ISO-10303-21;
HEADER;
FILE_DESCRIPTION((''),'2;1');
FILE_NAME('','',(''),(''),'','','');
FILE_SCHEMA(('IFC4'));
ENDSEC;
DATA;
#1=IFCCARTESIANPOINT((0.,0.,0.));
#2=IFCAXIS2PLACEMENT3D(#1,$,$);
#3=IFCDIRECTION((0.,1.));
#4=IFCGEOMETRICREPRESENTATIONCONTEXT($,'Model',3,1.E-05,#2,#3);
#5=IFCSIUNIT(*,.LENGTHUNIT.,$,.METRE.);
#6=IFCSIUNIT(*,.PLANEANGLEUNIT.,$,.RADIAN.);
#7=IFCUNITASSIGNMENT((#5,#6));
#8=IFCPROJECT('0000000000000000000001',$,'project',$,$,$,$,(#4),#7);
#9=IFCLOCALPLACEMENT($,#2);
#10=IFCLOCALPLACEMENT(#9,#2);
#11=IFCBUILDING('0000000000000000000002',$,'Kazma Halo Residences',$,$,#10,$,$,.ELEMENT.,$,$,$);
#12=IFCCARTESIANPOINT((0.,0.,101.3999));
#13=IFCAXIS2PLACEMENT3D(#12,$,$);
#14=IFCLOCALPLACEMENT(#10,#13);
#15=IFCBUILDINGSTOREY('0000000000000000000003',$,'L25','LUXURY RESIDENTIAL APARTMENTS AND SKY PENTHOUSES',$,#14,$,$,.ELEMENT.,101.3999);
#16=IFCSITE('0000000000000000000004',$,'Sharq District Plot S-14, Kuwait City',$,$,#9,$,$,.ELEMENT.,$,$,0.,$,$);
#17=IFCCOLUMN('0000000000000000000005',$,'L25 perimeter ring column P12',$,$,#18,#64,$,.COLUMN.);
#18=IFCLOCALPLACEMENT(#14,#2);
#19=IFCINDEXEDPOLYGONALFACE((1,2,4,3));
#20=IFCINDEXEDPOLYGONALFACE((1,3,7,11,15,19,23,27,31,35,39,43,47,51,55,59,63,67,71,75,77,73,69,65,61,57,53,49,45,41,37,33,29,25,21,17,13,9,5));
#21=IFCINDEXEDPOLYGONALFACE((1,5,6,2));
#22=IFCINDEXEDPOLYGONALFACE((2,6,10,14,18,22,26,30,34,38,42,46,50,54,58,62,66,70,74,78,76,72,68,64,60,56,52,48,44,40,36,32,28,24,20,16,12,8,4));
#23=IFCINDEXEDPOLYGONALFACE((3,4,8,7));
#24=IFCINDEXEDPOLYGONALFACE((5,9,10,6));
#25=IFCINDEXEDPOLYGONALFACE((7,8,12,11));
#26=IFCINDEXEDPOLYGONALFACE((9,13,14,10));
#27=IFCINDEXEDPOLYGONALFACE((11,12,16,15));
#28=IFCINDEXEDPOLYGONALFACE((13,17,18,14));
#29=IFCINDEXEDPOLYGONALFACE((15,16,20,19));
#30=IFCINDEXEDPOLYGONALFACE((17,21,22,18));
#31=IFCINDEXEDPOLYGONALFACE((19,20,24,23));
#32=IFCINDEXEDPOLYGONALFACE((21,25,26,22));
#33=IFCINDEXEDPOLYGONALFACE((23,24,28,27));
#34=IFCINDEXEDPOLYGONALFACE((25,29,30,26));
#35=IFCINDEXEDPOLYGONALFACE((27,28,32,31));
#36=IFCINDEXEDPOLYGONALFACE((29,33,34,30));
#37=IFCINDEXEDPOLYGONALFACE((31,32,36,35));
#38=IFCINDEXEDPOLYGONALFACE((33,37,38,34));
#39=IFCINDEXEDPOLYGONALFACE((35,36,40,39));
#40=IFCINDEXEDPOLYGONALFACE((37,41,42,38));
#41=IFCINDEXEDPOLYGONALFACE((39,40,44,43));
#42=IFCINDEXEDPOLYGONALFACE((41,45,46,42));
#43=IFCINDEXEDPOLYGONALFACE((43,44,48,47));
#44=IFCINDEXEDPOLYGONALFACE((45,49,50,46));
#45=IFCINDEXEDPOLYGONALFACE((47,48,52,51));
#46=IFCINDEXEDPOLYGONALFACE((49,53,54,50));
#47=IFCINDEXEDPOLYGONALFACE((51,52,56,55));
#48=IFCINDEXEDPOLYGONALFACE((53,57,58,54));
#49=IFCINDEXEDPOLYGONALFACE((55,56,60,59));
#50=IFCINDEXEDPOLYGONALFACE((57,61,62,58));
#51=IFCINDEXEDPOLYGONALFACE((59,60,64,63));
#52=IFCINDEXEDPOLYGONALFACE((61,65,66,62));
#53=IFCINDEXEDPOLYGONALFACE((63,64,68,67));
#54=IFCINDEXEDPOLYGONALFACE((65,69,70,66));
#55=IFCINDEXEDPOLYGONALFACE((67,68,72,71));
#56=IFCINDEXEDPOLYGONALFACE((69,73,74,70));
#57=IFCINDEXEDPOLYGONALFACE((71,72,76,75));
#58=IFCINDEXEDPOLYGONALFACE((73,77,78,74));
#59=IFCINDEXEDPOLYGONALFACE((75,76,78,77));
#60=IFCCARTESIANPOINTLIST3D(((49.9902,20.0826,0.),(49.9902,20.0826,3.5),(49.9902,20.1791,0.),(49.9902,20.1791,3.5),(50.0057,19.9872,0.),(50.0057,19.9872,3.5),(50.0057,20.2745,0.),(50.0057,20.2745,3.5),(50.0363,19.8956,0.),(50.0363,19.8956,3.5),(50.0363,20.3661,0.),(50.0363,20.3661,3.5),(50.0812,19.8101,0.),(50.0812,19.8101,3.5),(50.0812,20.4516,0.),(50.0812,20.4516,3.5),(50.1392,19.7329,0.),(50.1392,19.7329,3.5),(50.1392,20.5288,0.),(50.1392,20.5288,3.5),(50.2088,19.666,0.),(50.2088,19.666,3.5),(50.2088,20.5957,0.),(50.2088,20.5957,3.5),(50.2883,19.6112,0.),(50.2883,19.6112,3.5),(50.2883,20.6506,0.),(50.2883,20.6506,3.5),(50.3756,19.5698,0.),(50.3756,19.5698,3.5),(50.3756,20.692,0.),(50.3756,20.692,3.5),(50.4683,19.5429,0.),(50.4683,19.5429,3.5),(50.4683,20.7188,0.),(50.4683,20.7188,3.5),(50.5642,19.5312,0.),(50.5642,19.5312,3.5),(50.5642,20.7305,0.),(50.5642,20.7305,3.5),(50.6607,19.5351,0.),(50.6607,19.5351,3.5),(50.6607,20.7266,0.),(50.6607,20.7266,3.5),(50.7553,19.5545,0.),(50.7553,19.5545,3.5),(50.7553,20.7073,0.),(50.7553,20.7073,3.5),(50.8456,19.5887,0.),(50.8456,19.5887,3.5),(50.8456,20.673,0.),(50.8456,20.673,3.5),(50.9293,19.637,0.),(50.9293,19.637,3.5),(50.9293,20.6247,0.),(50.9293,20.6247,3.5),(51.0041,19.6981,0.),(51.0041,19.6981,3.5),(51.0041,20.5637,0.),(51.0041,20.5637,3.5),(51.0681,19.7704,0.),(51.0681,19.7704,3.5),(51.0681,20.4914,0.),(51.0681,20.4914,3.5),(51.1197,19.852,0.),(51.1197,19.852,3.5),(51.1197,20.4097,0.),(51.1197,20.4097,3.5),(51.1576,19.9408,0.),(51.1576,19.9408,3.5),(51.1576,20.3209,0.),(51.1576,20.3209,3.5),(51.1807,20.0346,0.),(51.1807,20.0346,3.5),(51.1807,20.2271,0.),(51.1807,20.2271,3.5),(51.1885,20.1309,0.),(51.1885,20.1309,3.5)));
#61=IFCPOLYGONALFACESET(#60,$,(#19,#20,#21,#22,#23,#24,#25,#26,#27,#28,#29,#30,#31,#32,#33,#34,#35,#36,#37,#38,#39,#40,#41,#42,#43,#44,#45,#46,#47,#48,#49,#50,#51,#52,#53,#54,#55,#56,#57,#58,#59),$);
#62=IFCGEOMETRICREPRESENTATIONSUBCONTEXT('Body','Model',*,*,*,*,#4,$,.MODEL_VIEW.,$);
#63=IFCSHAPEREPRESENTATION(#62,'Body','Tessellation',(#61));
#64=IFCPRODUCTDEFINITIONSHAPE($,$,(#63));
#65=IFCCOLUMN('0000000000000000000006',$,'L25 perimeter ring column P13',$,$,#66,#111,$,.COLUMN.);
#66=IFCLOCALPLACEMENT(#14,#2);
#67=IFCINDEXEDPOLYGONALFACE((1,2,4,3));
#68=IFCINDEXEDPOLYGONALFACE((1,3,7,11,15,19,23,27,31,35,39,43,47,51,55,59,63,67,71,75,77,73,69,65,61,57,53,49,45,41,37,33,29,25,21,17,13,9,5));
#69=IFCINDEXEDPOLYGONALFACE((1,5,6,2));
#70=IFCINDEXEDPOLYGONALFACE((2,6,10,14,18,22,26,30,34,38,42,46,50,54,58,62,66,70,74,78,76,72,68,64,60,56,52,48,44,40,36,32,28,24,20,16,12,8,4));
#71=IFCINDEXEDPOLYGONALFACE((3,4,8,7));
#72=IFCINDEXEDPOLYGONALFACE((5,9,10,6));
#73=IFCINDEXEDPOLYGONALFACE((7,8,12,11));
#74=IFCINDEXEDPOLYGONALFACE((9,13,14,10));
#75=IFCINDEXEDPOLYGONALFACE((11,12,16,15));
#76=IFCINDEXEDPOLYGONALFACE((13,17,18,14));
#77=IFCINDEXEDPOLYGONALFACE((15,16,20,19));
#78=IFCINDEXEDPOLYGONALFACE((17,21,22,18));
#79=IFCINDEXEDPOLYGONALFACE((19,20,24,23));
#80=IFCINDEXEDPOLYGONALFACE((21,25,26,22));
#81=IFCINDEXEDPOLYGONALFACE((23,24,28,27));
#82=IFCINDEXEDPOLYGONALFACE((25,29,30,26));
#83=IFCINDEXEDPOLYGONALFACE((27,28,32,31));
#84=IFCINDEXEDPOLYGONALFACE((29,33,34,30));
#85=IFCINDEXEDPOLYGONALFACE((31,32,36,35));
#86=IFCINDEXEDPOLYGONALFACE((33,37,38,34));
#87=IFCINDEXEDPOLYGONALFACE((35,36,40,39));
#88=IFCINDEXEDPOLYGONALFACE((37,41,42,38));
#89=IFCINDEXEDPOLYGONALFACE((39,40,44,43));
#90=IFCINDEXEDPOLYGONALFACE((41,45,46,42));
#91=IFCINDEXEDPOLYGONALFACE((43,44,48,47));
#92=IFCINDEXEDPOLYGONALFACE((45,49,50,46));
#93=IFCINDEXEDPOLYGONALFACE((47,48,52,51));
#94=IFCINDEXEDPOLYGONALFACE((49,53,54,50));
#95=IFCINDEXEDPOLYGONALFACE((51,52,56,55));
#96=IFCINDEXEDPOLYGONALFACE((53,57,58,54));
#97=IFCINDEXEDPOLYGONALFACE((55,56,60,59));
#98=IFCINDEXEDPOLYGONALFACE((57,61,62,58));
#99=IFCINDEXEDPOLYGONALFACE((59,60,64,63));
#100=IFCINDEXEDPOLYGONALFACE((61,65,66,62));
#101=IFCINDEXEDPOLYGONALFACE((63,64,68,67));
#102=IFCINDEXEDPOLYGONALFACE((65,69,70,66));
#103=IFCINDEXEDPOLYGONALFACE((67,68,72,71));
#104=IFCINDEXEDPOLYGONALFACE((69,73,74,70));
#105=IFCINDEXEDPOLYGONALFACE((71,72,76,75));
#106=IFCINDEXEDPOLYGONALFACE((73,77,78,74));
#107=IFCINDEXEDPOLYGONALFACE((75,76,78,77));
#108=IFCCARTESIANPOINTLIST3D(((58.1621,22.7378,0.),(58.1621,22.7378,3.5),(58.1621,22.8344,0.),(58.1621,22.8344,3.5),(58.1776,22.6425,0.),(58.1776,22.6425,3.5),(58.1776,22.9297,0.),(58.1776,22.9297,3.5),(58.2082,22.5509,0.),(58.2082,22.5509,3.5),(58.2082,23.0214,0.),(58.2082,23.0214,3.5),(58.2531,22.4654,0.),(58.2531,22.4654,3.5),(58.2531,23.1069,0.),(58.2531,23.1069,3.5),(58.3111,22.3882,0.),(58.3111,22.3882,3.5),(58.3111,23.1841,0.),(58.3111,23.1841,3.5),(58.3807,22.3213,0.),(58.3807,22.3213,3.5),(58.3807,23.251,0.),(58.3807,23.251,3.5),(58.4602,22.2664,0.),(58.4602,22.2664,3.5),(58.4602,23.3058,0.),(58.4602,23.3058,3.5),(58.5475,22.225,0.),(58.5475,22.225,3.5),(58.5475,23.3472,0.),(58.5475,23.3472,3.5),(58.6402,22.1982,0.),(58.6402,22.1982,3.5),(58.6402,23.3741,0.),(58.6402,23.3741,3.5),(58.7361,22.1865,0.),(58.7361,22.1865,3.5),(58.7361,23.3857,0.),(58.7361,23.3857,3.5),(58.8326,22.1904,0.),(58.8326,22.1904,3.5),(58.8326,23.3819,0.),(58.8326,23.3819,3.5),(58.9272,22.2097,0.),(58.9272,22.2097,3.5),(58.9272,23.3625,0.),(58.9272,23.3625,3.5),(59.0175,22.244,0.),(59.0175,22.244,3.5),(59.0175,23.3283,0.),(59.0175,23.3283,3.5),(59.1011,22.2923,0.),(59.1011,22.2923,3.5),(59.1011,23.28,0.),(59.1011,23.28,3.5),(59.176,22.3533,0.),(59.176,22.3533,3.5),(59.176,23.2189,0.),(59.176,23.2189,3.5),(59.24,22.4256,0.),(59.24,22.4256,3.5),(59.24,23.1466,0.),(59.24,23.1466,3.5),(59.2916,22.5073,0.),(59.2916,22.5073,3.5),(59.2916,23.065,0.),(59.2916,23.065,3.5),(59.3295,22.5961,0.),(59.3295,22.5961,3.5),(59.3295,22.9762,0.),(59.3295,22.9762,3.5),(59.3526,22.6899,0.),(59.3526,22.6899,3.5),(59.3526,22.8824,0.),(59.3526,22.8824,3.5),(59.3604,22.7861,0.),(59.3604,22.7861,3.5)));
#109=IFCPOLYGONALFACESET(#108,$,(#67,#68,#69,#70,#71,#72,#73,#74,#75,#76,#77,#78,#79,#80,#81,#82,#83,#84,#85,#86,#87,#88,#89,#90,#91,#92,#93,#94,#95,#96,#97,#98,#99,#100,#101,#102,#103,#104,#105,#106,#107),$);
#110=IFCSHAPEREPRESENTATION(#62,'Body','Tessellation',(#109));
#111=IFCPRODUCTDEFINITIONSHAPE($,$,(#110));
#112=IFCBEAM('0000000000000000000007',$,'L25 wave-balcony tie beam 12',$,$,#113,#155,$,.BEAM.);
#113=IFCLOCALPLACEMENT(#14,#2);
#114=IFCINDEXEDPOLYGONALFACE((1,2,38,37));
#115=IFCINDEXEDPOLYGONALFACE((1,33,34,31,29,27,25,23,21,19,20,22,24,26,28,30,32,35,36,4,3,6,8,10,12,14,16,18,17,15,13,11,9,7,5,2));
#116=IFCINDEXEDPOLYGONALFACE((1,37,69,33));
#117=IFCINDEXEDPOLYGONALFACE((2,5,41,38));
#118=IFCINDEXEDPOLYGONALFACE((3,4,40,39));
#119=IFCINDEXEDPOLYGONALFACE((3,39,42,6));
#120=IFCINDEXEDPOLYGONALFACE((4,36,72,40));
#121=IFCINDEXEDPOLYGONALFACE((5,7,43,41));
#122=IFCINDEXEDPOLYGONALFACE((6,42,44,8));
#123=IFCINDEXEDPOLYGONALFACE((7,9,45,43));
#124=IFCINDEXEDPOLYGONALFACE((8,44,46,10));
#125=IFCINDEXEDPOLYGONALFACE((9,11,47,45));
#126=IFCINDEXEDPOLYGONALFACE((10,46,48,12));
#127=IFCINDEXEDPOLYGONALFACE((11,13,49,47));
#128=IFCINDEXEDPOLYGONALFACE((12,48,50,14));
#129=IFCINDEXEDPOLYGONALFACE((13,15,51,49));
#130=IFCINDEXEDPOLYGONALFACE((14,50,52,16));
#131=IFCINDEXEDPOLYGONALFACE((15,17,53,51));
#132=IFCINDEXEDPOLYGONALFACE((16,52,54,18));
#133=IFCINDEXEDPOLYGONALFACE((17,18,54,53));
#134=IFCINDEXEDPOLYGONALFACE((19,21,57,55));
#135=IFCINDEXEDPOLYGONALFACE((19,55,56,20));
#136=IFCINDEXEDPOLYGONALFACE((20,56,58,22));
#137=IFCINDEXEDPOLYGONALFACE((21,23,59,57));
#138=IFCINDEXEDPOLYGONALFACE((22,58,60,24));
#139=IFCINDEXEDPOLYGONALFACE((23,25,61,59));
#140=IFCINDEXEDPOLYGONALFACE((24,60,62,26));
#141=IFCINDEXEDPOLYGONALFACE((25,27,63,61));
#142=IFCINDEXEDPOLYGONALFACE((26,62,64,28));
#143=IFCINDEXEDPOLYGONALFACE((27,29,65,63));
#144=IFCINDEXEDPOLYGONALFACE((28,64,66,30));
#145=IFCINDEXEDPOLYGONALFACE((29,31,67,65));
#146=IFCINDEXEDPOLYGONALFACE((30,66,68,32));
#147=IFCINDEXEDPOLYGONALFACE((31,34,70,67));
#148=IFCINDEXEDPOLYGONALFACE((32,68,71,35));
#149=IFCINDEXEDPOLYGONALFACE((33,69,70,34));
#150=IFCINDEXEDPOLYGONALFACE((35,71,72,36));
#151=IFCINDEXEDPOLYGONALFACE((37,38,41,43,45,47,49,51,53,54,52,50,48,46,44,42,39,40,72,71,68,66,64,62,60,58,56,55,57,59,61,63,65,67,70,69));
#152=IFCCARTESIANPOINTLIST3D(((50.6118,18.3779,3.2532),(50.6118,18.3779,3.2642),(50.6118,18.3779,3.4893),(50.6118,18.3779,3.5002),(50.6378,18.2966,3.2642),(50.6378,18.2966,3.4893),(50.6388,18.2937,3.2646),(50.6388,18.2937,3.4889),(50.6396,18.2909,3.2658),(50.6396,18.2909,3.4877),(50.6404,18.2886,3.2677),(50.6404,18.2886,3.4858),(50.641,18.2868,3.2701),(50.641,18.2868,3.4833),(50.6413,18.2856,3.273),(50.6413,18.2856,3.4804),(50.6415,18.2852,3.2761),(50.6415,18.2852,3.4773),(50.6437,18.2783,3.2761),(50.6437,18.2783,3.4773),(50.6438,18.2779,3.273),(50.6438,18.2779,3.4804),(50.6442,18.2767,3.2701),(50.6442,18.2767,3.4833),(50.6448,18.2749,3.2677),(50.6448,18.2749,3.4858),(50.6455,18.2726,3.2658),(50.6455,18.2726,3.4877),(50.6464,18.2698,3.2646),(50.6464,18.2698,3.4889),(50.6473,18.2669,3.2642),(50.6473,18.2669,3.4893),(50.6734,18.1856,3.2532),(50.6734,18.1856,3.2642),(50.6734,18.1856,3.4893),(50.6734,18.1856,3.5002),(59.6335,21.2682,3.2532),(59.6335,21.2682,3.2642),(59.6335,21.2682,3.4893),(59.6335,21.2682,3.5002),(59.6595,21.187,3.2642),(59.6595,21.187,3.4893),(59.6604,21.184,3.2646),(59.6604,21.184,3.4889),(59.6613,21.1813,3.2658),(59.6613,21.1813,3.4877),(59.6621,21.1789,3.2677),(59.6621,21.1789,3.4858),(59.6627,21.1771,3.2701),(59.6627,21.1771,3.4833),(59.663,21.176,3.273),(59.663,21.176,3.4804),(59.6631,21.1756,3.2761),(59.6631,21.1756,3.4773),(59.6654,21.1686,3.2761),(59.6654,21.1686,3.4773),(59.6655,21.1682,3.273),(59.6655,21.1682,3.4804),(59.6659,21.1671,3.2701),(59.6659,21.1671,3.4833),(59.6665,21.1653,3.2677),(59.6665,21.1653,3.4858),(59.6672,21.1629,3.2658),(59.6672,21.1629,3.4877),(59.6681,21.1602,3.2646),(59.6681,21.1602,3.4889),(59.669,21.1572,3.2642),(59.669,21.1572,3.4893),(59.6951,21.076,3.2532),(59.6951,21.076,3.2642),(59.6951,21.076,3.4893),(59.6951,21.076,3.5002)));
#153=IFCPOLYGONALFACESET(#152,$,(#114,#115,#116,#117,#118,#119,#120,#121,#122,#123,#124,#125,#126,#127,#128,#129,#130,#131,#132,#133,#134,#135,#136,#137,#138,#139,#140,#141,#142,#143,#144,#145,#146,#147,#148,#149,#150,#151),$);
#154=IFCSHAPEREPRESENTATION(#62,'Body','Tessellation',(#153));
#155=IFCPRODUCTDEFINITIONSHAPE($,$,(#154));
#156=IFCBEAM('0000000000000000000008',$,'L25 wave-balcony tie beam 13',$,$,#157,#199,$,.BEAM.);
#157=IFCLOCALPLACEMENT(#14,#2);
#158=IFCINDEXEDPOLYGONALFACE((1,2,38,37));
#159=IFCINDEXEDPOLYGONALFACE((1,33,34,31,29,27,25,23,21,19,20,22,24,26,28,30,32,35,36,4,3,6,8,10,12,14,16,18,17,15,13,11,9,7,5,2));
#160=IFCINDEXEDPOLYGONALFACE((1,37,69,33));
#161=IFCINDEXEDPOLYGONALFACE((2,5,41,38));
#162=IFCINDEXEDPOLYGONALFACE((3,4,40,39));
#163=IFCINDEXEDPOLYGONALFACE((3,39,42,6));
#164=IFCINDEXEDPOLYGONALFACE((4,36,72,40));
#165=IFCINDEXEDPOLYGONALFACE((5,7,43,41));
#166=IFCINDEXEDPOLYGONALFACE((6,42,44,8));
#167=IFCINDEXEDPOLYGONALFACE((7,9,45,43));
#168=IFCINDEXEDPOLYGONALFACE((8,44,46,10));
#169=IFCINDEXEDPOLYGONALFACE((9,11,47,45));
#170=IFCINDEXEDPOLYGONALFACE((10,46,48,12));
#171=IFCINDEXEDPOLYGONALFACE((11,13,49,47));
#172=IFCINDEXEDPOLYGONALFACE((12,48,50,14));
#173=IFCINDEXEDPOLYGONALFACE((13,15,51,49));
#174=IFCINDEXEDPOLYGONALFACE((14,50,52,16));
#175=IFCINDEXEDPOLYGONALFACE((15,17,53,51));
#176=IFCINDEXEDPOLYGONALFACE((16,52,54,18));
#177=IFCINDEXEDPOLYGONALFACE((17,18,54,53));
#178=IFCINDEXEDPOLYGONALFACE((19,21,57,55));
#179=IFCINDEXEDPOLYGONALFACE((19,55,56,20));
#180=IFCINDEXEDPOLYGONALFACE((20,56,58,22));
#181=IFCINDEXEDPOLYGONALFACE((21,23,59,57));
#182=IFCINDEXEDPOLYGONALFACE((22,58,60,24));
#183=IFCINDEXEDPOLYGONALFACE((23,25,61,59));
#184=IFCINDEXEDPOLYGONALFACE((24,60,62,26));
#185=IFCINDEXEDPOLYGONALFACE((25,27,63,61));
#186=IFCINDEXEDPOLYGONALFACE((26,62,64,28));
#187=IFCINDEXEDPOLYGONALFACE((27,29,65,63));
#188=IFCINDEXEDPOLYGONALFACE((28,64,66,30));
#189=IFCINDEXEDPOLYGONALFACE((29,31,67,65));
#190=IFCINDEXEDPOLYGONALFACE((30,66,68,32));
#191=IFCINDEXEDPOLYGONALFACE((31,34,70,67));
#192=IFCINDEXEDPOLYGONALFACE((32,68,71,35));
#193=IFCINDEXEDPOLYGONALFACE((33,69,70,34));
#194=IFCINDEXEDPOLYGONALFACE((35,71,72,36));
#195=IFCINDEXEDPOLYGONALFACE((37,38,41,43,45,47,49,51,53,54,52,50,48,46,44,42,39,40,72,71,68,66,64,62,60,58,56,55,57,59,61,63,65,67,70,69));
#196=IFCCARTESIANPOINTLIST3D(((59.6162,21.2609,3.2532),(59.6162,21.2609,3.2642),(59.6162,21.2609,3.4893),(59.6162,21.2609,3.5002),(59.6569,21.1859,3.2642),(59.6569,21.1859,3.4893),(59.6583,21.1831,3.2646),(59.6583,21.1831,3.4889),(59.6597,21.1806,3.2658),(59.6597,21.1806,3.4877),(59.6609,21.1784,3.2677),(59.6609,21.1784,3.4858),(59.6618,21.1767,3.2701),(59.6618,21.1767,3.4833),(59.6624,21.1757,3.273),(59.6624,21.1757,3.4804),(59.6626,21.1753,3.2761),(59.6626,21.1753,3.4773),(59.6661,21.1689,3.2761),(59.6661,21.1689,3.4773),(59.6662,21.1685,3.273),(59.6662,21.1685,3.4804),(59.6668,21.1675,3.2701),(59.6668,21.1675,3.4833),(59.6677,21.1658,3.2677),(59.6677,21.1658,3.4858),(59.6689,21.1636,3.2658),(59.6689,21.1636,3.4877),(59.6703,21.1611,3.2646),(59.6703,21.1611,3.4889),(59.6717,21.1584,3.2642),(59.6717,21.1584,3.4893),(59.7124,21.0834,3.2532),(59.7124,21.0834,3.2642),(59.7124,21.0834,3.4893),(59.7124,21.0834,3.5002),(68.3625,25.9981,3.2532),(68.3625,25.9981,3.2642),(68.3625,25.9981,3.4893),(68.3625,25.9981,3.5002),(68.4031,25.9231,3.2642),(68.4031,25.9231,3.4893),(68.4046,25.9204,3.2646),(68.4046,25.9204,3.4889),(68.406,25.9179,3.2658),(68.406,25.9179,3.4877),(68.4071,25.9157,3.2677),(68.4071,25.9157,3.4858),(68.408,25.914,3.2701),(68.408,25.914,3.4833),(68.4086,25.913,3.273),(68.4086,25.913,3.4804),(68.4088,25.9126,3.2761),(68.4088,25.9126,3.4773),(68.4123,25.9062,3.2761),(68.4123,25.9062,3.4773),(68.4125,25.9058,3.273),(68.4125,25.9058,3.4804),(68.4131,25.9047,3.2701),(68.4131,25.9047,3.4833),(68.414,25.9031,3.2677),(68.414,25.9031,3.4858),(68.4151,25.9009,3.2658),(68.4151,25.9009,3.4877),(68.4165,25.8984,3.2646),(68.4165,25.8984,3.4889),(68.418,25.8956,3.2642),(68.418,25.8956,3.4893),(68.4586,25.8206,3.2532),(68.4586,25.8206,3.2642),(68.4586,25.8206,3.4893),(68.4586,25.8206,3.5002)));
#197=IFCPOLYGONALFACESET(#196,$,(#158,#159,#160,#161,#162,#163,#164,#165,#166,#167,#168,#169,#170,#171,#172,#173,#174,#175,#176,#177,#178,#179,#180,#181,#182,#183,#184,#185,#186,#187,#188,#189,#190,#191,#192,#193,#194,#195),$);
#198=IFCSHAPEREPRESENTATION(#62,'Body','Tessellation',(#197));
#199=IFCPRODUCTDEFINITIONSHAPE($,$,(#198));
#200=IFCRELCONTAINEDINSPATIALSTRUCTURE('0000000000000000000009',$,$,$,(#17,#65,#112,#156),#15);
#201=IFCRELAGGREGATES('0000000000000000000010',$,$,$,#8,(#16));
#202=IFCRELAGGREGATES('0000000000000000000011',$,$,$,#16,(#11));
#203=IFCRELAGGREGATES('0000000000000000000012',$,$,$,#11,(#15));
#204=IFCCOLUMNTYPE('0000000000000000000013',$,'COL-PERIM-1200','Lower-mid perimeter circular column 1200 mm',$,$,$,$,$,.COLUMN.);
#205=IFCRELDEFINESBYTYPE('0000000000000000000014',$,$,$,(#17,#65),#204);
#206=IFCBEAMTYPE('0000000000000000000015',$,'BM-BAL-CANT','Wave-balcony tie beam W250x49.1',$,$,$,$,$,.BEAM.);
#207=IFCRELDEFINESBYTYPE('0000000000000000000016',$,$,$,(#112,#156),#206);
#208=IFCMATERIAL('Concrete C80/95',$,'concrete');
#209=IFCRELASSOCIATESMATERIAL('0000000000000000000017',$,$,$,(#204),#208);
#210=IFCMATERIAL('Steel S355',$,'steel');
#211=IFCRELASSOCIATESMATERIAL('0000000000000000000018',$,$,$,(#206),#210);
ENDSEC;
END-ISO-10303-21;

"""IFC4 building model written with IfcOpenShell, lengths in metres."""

from ifc_helpers import new_model, si_unit, direction, frame, origin, origin_2d, place, context, subcontext, project, spatial, circle, i_section, extrude, material, material_profile, profile_set, type_object, element, save


model = new_model("IFC4")

# Units and contexts
model_context = context("Model", 3, precision=1e-05, world=origin(), true_north=direction((0.0, 1.0)))
body_context = subcontext(model_context, "Body", "Model", "MODEL_VIEW")
ifc_project = project(units=[si_unit("LENGTHUNIT", "METRE"), si_unit("PLANEANGLEUNIT", "RADIAN")], contexts=[model_context])

# Site, building, storey
site_placement = place(None, origin())
site = spatial("IfcSite", under=ifc_project, at=site_placement, Name="Sharq District Plot S-14, Kuwait City", CompositionType="ELEMENT", RefElevation=0.0)
building_placement = place(site_placement, origin())
building = spatial("IfcBuilding", under=site, at=building_placement, Name="Kazma Halo Residences", CompositionType="ELEMENT")
storey_placement = place(building_placement, frame((0.0, 0.0, 101.3999)))
storey = spatial("IfcBuildingStorey", under=building, at=storey_placement, Name="L25", Description="LUXURY RESIDENTIAL APARTMENTS AND SKY PENTHOUSES", CompositionType="ELEMENT", Elevation=101.3999)

# Columns
ifc_material_1 = material(Name="Concrete C80/95", Category="concrete")
ifc_material_profile_1 = material_profile(ifc_material_1, circle(Radius=0.6001, at=origin_2d()), Name="CIRC1200")
ifc_profile_set_1 = profile_set([ifc_material_profile_1], Name="Concrete C80/95")
column_type = type_object("IfcColumnType", Name="COL-PERIM-1200", Description="Lower-mid perimeter circular column 1200 mm", PredefinedType="COLUMN", material=ifc_profile_set_1)
for number, where, z_axis, x_axis, name in (
    (1, (50.5884, 20.1309, 0.0), (0.0, 0.0, 1.0), (1.0, 0.0, 0.0), "L25 perimeter ring column P12"),
    (2, (58.7603, 22.7861, 0.0), (0.0, 0.0, 1.0), (1.0, 0.0, 0.0), "L25 perimeter ring column P13"),
):
    element("IfcColumn", number, at=place(storey_placement, frame(where, z_axis=z_axis, x_axis=x_axis)), inside=storey, type_object=column_type, Name=name, PredefinedType="COLUMN", context=body_context, shape_type="SweptSolid", body=[
        extrude(circle(Radius=0.6001, at=origin_2d()), origin(), (0.0, 0.0, 1.0), 3.5),
    ])

# Beams
ifc_material_2 = material(Name="Steel S355", Category="steel")
ifc_material_profile_2 = material_profile(ifc_material_2, i_section(OverallWidth=0.2019, OverallDepth=0.2471, WebThickness=0.0073, FlangeThickness=0.011, FilletRadius=0.012, at=origin_2d()), Name="W250x49.1")
ifc_profile_set_2 = profile_set([ifc_material_profile_2], Name="Steel S355")
beam_type_1 = type_object("IfcBeamType", Name="BM-BAL-CANT", Description="Wave-balcony tie beam W250x49.1", PredefinedType="BEAM", material=ifc_profile_set_2)
beam_1_placement = place(storey_placement, frame((50.6426, 18.2817, 3.3767), z_axis=(0.952319, 0.305104, 0.0), x_axis=(-0.305104, 0.952319, 0.0)))
element("IfcBeam", 3, at=beam_1_placement, inside=storey, type_object=beam_type_1, Name="L25 wave-balcony tie beam 12", PredefinedType="BEAM", context=body_context, shape_type="SweptSolid", body=[
    extrude(i_section(OverallWidth=0.2019, OverallDepth=0.2471, WebThickness=0.0073, FlangeThickness=0.011, FilletRadius=0.012, at=origin_2d()), origin(), (0.0, 0.0, 1.0), 9.4734),
])
beam_2_placement = place(storey_placement, frame((59.6643, 21.1721, 3.3767), z_axis=(0.879304, 0.47626, 0.0), x_axis=(-0.47626, 0.879304, 0.0)))
element("IfcBeam", 4, at=beam_2_placement, inside=storey, type_object=beam_type_1, Name="L25 wave-balcony tie beam 13", PredefinedType="BEAM", context=body_context, shape_type="SweptSolid", body=[
    extrude(i_section(OverallWidth=0.2019, OverallDepth=0.2471, WebThickness=0.0073, FlangeThickness=0.011, FilletRadius=0.012, at=origin_2d()), origin(), (0.0, 0.0, 1.0), 9.9468),
])

save(model, "model.ifc")
